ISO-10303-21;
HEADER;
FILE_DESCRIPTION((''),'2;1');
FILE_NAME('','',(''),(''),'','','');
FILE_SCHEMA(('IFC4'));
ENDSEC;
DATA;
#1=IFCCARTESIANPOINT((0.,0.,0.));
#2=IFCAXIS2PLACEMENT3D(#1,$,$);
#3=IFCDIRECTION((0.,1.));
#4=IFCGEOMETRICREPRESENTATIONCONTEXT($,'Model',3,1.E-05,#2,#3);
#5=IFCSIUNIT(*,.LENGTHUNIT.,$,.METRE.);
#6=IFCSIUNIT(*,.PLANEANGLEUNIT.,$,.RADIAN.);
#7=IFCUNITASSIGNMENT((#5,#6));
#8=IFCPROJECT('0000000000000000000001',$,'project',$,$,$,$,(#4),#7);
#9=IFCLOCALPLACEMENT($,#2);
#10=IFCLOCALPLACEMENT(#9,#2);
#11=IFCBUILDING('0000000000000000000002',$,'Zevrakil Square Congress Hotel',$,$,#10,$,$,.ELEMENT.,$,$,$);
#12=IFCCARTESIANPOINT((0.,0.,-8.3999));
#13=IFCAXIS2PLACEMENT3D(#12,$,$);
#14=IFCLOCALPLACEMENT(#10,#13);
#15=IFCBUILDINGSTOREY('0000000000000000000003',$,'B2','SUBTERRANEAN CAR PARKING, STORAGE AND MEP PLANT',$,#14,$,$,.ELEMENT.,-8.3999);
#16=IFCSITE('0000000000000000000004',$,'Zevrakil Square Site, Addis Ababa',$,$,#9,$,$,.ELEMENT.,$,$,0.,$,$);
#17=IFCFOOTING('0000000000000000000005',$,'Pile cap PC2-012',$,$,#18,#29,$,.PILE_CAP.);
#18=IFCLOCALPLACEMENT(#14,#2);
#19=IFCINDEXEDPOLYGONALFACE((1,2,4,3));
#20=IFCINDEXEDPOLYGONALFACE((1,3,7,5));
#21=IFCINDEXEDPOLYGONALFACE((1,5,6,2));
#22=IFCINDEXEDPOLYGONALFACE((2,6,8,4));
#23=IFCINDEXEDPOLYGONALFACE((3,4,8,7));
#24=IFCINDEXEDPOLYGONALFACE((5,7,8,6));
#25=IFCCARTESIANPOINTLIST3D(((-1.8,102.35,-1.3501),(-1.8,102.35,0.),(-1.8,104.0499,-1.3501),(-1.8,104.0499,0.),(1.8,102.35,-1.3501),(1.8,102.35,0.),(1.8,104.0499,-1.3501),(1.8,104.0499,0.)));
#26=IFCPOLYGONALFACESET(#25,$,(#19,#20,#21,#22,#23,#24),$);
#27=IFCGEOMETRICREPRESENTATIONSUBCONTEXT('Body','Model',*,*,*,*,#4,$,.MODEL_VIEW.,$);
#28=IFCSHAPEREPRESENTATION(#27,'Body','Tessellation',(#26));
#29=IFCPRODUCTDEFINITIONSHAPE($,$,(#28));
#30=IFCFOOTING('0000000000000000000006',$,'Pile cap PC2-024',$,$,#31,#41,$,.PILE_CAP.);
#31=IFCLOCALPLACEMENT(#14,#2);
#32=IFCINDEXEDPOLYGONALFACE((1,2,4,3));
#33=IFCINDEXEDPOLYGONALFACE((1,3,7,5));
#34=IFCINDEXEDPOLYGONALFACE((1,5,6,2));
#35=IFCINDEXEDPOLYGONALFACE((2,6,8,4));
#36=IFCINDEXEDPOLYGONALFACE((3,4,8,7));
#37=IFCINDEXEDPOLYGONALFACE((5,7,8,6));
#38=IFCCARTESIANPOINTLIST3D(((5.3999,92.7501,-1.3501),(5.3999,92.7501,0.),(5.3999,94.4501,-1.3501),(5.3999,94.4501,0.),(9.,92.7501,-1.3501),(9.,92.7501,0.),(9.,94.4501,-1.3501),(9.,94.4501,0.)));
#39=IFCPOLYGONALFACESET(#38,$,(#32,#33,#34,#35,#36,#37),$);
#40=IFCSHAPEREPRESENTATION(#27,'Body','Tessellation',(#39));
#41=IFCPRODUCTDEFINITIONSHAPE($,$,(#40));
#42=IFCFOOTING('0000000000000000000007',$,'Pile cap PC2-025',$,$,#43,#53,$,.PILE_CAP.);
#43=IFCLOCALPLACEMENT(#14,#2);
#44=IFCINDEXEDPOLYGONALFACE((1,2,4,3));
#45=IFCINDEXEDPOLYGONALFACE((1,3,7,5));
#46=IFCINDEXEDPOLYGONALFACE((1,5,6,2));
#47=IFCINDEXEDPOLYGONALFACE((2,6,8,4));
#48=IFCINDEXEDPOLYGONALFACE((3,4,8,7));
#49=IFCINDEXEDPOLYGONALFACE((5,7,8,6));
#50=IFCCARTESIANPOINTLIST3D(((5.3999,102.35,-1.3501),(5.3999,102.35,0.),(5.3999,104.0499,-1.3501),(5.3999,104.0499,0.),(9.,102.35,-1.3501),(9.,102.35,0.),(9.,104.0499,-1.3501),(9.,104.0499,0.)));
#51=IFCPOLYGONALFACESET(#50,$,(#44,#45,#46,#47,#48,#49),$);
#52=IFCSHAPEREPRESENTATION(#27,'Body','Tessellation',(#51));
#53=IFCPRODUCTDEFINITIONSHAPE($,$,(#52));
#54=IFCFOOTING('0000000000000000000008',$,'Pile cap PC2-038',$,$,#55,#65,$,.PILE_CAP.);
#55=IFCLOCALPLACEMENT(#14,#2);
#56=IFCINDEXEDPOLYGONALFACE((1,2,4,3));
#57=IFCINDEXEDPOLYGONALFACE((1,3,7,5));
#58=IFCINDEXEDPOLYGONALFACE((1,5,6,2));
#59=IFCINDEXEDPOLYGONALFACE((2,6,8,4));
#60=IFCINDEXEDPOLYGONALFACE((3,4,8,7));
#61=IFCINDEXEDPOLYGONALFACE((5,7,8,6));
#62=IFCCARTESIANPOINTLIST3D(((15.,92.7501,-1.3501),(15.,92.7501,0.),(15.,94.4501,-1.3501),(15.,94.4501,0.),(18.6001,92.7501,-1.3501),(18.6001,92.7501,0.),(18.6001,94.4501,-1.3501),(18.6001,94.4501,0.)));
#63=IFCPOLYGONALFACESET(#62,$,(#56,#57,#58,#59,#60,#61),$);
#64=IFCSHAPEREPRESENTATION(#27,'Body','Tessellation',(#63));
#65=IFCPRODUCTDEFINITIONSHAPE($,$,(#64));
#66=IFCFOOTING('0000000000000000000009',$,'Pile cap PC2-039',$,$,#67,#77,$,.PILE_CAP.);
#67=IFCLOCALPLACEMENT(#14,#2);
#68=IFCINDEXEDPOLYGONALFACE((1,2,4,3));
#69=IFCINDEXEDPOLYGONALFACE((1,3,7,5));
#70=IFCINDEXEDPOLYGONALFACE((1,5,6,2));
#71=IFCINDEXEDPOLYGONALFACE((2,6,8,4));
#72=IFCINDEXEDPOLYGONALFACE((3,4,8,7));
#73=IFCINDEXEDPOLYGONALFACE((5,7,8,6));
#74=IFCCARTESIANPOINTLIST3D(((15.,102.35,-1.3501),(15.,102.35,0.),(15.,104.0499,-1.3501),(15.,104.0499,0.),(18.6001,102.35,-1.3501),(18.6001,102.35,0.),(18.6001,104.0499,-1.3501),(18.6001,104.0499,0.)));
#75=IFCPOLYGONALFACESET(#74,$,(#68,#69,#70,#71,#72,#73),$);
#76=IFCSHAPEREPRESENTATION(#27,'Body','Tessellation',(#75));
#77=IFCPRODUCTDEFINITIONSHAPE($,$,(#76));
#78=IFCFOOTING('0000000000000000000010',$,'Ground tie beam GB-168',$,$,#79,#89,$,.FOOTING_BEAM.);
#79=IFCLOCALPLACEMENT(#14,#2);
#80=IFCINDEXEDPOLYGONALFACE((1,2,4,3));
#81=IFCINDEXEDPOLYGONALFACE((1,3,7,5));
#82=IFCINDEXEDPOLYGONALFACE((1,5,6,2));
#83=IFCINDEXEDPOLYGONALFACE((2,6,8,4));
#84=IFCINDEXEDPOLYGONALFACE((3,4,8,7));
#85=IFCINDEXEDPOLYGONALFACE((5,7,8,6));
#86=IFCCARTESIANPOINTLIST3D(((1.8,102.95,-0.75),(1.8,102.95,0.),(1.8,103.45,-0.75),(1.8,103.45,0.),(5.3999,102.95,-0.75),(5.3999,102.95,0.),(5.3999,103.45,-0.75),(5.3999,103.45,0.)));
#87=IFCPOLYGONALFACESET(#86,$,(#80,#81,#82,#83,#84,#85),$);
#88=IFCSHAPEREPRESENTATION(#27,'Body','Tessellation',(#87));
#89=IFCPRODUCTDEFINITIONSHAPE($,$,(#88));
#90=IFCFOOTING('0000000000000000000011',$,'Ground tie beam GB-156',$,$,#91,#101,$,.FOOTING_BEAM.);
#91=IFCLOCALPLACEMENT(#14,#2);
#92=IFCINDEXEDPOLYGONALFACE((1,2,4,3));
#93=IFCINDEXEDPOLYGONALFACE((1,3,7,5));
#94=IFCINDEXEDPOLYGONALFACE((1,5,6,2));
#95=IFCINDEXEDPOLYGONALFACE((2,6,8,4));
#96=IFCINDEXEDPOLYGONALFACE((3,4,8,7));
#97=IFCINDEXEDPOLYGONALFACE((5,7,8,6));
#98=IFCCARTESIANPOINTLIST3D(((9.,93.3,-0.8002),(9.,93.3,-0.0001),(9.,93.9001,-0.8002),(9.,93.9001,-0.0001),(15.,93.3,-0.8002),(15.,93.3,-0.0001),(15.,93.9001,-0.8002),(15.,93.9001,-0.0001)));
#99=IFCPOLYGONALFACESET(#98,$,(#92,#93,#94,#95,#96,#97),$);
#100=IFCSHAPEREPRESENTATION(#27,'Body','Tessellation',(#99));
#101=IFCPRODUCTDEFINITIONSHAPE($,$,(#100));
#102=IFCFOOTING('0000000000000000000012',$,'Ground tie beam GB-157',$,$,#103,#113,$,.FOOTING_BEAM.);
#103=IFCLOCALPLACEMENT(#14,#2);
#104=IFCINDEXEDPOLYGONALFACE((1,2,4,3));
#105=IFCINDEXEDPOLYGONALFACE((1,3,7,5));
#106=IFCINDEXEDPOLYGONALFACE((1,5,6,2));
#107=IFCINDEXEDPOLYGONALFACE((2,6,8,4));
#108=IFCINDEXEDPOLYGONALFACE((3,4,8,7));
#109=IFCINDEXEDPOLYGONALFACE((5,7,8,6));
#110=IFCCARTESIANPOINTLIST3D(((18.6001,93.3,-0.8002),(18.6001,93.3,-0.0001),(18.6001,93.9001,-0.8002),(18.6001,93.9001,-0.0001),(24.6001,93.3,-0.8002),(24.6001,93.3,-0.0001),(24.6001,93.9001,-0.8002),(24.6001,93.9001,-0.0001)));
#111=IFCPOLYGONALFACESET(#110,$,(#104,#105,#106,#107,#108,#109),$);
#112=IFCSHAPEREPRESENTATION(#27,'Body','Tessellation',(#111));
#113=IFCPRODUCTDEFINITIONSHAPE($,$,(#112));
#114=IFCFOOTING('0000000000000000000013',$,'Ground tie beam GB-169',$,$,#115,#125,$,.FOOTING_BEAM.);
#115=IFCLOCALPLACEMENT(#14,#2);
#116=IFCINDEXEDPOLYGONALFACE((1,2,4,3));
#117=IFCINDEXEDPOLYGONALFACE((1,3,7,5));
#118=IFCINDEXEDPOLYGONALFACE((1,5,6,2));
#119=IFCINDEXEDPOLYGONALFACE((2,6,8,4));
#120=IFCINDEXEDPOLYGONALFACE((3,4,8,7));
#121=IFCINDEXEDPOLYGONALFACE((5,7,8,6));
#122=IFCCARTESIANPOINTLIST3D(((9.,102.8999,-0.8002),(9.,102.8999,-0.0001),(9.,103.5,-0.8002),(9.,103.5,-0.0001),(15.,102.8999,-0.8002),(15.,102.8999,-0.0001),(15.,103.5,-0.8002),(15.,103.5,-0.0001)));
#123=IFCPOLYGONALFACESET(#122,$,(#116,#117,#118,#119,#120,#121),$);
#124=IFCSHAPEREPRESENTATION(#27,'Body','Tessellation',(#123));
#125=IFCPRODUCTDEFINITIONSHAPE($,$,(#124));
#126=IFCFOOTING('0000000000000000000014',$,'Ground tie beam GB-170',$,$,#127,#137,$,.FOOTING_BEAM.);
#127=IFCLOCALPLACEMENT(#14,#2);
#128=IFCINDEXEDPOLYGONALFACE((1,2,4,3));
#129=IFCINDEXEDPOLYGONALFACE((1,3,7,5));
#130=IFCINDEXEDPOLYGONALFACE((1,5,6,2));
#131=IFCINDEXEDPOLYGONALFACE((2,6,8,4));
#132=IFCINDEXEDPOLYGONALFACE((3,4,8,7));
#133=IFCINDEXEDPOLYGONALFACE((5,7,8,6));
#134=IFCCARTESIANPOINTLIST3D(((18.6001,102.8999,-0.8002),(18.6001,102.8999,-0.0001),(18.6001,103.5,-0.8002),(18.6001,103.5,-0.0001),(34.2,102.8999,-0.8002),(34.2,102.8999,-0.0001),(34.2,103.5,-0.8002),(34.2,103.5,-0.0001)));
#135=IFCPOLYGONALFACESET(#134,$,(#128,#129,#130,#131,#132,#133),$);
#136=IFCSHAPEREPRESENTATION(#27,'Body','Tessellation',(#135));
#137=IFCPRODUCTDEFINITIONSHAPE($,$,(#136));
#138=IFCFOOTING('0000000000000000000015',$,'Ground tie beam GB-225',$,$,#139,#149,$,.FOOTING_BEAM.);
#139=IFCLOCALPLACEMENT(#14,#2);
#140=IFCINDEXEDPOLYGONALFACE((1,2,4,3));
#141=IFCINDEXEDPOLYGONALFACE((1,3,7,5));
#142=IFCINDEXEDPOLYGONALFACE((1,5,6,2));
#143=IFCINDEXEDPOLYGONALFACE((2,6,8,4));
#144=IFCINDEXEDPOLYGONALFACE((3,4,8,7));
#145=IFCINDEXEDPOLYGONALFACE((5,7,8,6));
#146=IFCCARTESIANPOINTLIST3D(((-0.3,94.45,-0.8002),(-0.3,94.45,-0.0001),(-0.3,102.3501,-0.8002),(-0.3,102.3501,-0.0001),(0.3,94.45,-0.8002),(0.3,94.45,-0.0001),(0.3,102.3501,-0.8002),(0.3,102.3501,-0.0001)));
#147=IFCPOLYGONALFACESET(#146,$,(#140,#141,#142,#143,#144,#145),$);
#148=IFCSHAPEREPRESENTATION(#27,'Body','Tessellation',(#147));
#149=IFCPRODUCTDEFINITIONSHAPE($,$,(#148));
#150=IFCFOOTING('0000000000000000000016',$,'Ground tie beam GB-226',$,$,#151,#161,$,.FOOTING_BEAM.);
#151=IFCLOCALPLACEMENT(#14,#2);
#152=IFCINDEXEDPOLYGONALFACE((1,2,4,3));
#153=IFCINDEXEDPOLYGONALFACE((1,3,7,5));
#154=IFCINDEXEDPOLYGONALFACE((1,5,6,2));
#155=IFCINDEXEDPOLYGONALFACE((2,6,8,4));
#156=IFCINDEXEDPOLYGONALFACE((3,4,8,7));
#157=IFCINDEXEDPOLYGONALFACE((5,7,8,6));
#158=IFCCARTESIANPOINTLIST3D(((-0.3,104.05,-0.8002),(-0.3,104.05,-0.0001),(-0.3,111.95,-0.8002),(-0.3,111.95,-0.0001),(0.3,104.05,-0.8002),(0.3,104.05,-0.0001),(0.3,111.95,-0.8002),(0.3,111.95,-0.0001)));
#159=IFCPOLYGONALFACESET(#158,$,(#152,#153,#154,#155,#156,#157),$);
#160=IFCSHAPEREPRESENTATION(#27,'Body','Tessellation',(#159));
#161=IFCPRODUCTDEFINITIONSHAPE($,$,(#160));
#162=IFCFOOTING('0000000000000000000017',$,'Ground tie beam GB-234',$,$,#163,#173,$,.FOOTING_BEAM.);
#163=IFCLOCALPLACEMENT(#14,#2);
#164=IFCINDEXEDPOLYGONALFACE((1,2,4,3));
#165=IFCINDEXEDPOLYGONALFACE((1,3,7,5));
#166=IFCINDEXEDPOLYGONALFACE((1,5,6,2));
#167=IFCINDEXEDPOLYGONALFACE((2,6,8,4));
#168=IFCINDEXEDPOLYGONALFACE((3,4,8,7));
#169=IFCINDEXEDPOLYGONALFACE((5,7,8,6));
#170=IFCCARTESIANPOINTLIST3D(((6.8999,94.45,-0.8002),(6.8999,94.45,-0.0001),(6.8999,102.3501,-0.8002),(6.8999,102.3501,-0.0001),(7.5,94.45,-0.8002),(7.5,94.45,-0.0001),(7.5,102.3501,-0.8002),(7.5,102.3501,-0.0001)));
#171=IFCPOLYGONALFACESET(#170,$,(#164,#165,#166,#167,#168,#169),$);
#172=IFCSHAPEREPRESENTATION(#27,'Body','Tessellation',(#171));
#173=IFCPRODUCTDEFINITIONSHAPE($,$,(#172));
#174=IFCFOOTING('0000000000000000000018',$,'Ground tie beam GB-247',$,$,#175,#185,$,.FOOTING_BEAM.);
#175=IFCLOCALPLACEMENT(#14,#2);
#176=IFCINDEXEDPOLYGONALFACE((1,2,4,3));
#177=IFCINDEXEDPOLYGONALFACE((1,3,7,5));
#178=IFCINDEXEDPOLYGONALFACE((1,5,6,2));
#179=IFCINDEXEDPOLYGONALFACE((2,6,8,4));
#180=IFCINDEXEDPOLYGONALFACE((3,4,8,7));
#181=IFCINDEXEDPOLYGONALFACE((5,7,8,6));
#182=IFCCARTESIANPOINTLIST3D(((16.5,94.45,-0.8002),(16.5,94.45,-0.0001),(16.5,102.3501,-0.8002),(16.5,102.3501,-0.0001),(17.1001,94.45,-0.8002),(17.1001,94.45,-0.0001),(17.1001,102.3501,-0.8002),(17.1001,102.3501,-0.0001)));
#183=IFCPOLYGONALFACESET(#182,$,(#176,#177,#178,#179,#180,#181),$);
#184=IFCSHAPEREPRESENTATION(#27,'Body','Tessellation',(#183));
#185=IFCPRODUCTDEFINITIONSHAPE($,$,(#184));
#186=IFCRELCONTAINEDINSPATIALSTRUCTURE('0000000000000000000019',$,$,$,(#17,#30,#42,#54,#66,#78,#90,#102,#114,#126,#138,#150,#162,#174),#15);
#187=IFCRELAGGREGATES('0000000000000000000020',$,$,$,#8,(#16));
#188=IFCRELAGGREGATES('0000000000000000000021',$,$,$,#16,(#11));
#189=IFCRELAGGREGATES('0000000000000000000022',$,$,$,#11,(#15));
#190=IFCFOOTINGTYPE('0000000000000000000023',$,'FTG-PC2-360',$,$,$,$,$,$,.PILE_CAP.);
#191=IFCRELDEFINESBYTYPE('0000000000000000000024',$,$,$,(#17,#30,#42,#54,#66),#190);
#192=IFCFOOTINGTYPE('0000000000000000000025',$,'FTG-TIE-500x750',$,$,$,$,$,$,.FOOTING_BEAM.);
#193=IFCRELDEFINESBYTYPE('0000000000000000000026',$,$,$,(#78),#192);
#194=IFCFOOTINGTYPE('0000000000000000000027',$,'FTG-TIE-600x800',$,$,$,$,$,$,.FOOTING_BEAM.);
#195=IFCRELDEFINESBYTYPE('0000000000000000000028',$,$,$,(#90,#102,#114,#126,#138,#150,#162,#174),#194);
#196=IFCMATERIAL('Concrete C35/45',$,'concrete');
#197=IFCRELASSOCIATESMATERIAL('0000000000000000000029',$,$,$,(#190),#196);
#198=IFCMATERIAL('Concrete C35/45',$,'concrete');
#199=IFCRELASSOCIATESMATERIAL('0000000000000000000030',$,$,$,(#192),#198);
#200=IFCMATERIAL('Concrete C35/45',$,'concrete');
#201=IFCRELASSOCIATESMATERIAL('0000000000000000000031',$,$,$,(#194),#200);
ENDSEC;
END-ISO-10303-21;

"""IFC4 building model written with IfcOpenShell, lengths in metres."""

from ifc_helpers import new_model, si_unit, direction, frame, origin, origin_2d, place, context, subcontext, project, spatial, rectangle, extrude, material, material_profile, profile_set, type_object, element, save


model = new_model("IFC4")

# Units and contexts
model_context = context("Model", 3, precision=1e-05, world=origin(), true_north=direction((0.0, 1.0)))
body_context = subcontext(model_context, "Body", "Model", "MODEL_VIEW")
ifc_project = project(units=[si_unit("LENGTHUNIT", "METRE"), si_unit("PLANEANGLEUNIT", "RADIAN")], contexts=[model_context])

# Site, building, storey
site_placement = place(None, origin())
site = spatial("IfcSite", under=ifc_project, at=site_placement, Name="Zevrakil Square Site, Addis Ababa", CompositionType="ELEMENT", RefElevation=0.0)
building_placement = place(site_placement, origin())
building = spatial("IfcBuilding", under=site, at=building_placement, Name="Zevrakil Square Congress Hotel", CompositionType="ELEMENT")
storey_placement = place(building_placement, frame((0.0, 0.0, -8.3999)))
storey = spatial("IfcBuildingStorey", under=building, at=storey_placement, Name="B2", Description="SUBTERRANEAN CAR PARKING, STORAGE AND MEP PLANT", CompositionType="ELEMENT", Elevation=-8.3999)

# Footings
ifc_material_1 = material(Name="Concrete C35/45", Category="concrete")
footing_type_1 = type_object("IfcFootingType", Name="FTG-PC2-360", PredefinedType="PILE_CAP", material=ifc_material_1)
for number, where, z_axis, x_axis, name in (
    (1, (0.0, 103.2, -1.3501), (0.0, 0.0, 1.0), (1.0, 0.0, 0.0), "Pile cap PC2-012"),
    (2, (7.2, 93.6001, -1.3501), (0.0, 0.0, 1.0), (1.0, 0.0, 0.0), "Pile cap PC2-024"),
    (3, (7.2, 103.2, -1.3501), (0.0, 0.0, 1.0), (1.0, 0.0, 0.0), "Pile cap PC2-025"),
    (4, (16.8, 93.6001, -1.3501), (0.0, 0.0, 1.0), (1.0, 0.0, 0.0), "Pile cap PC2-038"),
    (5, (16.8, 103.2, -1.3501), (0.0, 0.0, 1.0), (1.0, 0.0, 0.0), "Pile cap PC2-039"),
):
    element("IfcFooting", number, at=place(storey_placement, frame(where, z_axis=z_axis, x_axis=x_axis)), inside=storey, type_object=footing_type_1, Name=name, PredefinedType="PILE_CAP", context=body_context, shape_type="SweptSolid", body=[
        extrude(rectangle(XDim=3.6001, YDim=1.7, at=origin_2d()), origin(), (0.0, 0.0, 1.0), 1.3501),
    ])
ifc_material_2 = material(Name="Concrete C35/45", Category="concrete")
ifc_material_profile_1 = material_profile(ifc_material_2, rectangle(XDim=0.5, YDim=0.75, at=origin_2d()), Name="RC 500x750")
ifc_profile_set_1 = profile_set([ifc_material_profile_1], Name="Concrete C35/45")
footing_type_2 = type_object("IfcFootingType", Name="FTG-TIE-500x750", PredefinedType="FOOTING_BEAM", material=ifc_profile_set_1)
footing_1_placement = place(storey_placement, frame((1.8, 103.2, -0.375), z_axis=(1.0, 0.0, 0.0), x_axis=(0.0, 1.0, 0.0)))
element("IfcFooting", 6, at=footing_1_placement, inside=storey, type_object=footing_type_2, Name="Ground tie beam GB-168", PredefinedType="FOOTING_BEAM", context=body_context, shape_type="SweptSolid", body=[
    extrude(rectangle(XDim=0.5, YDim=0.75, at=origin_2d()), origin(), (0.0, 0.0, 1.0), 3.5999),
])
ifc_material_3 = material(Name="Concrete C35/45", Category="concrete")
ifc_material_profile_2 = material_profile(ifc_material_3, rectangle(XDim=0.6001, YDim=0.8, at=origin_2d()), Name="RC 600x800")
ifc_profile_set_2 = profile_set([ifc_material_profile_2], Name="Concrete C35/45")
footing_type_3 = type_object("IfcFootingType", Name="FTG-TIE-600x800", PredefinedType="FOOTING_BEAM", material=ifc_profile_set_2)
for number, where, z_axis, x_axis, name in (
    (7, (9.0, 93.6001, -0.4001), (1.0, 0.0, 0.0), (0.0, 1.0, 0.0), "Ground tie beam GB-156"),
    (8, (18.6001, 93.6001, -0.4001), (1.0, 0.0, 0.0), (0.0, 1.0, 0.0), "Ground tie beam GB-157"),
    (9, (9.0, 103.2, -0.4001), (1.0, 0.0, 0.0), (0.0, 1.0, 0.0), "Ground tie beam GB-169"),
):
    element("IfcFooting", number, at=place(storey_placement, frame(where, z_axis=z_axis, x_axis=x_axis)), inside=storey, type_object=footing_type_3, Name=name, PredefinedType="FOOTING_BEAM", context=body_context, shape_type="SweptSolid", body=[
        extrude(rectangle(XDim=0.6001, YDim=0.8, at=origin_2d()), origin(), (0.0, 0.0, 1.0), 6.0),
    ])
footing_2_placement = place(storey_placement, frame((18.6001, 103.2, -0.4001), z_axis=(1.0, 0.0, 0.0), x_axis=(0.0, 1.0, 0.0)))
element("IfcFooting", 10, at=footing_2_placement, inside=storey, type_object=footing_type_3, Name="Ground tie beam GB-170", PredefinedType="FOOTING_BEAM", context=body_context, shape_type="SweptSolid", body=[
    extrude(rectangle(XDim=0.6001, YDim=0.8, at=origin_2d()), origin(), (0.0, 0.0, 1.0), 15.5999),
])
footing_3_placement = place(storey_placement, frame((0.0, 94.45, -0.4001), z_axis=(0.0, 1.0, 0.0), x_axis=(-1.0, 0.0, 0.0)))
element("IfcFooting", 11, at=footing_3_placement, inside=storey, type_object=footing_type_3, Name="Ground tie beam GB-225", PredefinedType="FOOTING_BEAM", context=body_context, shape_type="SweptSolid", body=[
    extrude(rectangle(XDim=0.6001, YDim=0.8, at=origin_2d()), origin(), (0.0, 0.0, 1.0), 7.9001),
])
footing_4_placement = place(storey_placement, frame((0.0, 104.05, -0.4001), z_axis=(0.0, 1.0, 0.0), x_axis=(-1.0, 0.0, 0.0)))
element("IfcFooting", 12, at=footing_4_placement, inside=storey, type_object=footing_type_3, Name="Ground tie beam GB-226", PredefinedType="FOOTING_BEAM", context=body_context, shape_type="SweptSolid", body=[
    extrude(rectangle(XDim=0.6001, YDim=0.8, at=origin_2d()), origin(), (0.0, 0.0, 1.0), 7.8999),
])
for number, where, z_axis, x_axis, name in (
    (13, (7.2, 94.45, -0.4001), (0.0, 1.0, 0.0), (-1.0, 0.0, 0.0), "Ground tie beam GB-234"),
    (14, (16.8, 94.45, -0.4001), (0.0, 1.0, 0.0), (-1.0, 0.0, 0.0), "Ground tie beam GB-247"),
):
    element("IfcFooting", number, at=place(storey_placement, frame(where, z_axis=z_axis, x_axis=x_axis)), inside=storey, type_object=footing_type_3, Name=name, PredefinedType="FOOTING_BEAM", context=body_context, shape_type="SweptSolid", body=[
        extrude(rectangle(XDim=0.6001, YDim=0.8, at=origin_2d()), origin(), (0.0, 0.0, 1.0), 7.9001),
    ])

save(model, "model.ifc")
